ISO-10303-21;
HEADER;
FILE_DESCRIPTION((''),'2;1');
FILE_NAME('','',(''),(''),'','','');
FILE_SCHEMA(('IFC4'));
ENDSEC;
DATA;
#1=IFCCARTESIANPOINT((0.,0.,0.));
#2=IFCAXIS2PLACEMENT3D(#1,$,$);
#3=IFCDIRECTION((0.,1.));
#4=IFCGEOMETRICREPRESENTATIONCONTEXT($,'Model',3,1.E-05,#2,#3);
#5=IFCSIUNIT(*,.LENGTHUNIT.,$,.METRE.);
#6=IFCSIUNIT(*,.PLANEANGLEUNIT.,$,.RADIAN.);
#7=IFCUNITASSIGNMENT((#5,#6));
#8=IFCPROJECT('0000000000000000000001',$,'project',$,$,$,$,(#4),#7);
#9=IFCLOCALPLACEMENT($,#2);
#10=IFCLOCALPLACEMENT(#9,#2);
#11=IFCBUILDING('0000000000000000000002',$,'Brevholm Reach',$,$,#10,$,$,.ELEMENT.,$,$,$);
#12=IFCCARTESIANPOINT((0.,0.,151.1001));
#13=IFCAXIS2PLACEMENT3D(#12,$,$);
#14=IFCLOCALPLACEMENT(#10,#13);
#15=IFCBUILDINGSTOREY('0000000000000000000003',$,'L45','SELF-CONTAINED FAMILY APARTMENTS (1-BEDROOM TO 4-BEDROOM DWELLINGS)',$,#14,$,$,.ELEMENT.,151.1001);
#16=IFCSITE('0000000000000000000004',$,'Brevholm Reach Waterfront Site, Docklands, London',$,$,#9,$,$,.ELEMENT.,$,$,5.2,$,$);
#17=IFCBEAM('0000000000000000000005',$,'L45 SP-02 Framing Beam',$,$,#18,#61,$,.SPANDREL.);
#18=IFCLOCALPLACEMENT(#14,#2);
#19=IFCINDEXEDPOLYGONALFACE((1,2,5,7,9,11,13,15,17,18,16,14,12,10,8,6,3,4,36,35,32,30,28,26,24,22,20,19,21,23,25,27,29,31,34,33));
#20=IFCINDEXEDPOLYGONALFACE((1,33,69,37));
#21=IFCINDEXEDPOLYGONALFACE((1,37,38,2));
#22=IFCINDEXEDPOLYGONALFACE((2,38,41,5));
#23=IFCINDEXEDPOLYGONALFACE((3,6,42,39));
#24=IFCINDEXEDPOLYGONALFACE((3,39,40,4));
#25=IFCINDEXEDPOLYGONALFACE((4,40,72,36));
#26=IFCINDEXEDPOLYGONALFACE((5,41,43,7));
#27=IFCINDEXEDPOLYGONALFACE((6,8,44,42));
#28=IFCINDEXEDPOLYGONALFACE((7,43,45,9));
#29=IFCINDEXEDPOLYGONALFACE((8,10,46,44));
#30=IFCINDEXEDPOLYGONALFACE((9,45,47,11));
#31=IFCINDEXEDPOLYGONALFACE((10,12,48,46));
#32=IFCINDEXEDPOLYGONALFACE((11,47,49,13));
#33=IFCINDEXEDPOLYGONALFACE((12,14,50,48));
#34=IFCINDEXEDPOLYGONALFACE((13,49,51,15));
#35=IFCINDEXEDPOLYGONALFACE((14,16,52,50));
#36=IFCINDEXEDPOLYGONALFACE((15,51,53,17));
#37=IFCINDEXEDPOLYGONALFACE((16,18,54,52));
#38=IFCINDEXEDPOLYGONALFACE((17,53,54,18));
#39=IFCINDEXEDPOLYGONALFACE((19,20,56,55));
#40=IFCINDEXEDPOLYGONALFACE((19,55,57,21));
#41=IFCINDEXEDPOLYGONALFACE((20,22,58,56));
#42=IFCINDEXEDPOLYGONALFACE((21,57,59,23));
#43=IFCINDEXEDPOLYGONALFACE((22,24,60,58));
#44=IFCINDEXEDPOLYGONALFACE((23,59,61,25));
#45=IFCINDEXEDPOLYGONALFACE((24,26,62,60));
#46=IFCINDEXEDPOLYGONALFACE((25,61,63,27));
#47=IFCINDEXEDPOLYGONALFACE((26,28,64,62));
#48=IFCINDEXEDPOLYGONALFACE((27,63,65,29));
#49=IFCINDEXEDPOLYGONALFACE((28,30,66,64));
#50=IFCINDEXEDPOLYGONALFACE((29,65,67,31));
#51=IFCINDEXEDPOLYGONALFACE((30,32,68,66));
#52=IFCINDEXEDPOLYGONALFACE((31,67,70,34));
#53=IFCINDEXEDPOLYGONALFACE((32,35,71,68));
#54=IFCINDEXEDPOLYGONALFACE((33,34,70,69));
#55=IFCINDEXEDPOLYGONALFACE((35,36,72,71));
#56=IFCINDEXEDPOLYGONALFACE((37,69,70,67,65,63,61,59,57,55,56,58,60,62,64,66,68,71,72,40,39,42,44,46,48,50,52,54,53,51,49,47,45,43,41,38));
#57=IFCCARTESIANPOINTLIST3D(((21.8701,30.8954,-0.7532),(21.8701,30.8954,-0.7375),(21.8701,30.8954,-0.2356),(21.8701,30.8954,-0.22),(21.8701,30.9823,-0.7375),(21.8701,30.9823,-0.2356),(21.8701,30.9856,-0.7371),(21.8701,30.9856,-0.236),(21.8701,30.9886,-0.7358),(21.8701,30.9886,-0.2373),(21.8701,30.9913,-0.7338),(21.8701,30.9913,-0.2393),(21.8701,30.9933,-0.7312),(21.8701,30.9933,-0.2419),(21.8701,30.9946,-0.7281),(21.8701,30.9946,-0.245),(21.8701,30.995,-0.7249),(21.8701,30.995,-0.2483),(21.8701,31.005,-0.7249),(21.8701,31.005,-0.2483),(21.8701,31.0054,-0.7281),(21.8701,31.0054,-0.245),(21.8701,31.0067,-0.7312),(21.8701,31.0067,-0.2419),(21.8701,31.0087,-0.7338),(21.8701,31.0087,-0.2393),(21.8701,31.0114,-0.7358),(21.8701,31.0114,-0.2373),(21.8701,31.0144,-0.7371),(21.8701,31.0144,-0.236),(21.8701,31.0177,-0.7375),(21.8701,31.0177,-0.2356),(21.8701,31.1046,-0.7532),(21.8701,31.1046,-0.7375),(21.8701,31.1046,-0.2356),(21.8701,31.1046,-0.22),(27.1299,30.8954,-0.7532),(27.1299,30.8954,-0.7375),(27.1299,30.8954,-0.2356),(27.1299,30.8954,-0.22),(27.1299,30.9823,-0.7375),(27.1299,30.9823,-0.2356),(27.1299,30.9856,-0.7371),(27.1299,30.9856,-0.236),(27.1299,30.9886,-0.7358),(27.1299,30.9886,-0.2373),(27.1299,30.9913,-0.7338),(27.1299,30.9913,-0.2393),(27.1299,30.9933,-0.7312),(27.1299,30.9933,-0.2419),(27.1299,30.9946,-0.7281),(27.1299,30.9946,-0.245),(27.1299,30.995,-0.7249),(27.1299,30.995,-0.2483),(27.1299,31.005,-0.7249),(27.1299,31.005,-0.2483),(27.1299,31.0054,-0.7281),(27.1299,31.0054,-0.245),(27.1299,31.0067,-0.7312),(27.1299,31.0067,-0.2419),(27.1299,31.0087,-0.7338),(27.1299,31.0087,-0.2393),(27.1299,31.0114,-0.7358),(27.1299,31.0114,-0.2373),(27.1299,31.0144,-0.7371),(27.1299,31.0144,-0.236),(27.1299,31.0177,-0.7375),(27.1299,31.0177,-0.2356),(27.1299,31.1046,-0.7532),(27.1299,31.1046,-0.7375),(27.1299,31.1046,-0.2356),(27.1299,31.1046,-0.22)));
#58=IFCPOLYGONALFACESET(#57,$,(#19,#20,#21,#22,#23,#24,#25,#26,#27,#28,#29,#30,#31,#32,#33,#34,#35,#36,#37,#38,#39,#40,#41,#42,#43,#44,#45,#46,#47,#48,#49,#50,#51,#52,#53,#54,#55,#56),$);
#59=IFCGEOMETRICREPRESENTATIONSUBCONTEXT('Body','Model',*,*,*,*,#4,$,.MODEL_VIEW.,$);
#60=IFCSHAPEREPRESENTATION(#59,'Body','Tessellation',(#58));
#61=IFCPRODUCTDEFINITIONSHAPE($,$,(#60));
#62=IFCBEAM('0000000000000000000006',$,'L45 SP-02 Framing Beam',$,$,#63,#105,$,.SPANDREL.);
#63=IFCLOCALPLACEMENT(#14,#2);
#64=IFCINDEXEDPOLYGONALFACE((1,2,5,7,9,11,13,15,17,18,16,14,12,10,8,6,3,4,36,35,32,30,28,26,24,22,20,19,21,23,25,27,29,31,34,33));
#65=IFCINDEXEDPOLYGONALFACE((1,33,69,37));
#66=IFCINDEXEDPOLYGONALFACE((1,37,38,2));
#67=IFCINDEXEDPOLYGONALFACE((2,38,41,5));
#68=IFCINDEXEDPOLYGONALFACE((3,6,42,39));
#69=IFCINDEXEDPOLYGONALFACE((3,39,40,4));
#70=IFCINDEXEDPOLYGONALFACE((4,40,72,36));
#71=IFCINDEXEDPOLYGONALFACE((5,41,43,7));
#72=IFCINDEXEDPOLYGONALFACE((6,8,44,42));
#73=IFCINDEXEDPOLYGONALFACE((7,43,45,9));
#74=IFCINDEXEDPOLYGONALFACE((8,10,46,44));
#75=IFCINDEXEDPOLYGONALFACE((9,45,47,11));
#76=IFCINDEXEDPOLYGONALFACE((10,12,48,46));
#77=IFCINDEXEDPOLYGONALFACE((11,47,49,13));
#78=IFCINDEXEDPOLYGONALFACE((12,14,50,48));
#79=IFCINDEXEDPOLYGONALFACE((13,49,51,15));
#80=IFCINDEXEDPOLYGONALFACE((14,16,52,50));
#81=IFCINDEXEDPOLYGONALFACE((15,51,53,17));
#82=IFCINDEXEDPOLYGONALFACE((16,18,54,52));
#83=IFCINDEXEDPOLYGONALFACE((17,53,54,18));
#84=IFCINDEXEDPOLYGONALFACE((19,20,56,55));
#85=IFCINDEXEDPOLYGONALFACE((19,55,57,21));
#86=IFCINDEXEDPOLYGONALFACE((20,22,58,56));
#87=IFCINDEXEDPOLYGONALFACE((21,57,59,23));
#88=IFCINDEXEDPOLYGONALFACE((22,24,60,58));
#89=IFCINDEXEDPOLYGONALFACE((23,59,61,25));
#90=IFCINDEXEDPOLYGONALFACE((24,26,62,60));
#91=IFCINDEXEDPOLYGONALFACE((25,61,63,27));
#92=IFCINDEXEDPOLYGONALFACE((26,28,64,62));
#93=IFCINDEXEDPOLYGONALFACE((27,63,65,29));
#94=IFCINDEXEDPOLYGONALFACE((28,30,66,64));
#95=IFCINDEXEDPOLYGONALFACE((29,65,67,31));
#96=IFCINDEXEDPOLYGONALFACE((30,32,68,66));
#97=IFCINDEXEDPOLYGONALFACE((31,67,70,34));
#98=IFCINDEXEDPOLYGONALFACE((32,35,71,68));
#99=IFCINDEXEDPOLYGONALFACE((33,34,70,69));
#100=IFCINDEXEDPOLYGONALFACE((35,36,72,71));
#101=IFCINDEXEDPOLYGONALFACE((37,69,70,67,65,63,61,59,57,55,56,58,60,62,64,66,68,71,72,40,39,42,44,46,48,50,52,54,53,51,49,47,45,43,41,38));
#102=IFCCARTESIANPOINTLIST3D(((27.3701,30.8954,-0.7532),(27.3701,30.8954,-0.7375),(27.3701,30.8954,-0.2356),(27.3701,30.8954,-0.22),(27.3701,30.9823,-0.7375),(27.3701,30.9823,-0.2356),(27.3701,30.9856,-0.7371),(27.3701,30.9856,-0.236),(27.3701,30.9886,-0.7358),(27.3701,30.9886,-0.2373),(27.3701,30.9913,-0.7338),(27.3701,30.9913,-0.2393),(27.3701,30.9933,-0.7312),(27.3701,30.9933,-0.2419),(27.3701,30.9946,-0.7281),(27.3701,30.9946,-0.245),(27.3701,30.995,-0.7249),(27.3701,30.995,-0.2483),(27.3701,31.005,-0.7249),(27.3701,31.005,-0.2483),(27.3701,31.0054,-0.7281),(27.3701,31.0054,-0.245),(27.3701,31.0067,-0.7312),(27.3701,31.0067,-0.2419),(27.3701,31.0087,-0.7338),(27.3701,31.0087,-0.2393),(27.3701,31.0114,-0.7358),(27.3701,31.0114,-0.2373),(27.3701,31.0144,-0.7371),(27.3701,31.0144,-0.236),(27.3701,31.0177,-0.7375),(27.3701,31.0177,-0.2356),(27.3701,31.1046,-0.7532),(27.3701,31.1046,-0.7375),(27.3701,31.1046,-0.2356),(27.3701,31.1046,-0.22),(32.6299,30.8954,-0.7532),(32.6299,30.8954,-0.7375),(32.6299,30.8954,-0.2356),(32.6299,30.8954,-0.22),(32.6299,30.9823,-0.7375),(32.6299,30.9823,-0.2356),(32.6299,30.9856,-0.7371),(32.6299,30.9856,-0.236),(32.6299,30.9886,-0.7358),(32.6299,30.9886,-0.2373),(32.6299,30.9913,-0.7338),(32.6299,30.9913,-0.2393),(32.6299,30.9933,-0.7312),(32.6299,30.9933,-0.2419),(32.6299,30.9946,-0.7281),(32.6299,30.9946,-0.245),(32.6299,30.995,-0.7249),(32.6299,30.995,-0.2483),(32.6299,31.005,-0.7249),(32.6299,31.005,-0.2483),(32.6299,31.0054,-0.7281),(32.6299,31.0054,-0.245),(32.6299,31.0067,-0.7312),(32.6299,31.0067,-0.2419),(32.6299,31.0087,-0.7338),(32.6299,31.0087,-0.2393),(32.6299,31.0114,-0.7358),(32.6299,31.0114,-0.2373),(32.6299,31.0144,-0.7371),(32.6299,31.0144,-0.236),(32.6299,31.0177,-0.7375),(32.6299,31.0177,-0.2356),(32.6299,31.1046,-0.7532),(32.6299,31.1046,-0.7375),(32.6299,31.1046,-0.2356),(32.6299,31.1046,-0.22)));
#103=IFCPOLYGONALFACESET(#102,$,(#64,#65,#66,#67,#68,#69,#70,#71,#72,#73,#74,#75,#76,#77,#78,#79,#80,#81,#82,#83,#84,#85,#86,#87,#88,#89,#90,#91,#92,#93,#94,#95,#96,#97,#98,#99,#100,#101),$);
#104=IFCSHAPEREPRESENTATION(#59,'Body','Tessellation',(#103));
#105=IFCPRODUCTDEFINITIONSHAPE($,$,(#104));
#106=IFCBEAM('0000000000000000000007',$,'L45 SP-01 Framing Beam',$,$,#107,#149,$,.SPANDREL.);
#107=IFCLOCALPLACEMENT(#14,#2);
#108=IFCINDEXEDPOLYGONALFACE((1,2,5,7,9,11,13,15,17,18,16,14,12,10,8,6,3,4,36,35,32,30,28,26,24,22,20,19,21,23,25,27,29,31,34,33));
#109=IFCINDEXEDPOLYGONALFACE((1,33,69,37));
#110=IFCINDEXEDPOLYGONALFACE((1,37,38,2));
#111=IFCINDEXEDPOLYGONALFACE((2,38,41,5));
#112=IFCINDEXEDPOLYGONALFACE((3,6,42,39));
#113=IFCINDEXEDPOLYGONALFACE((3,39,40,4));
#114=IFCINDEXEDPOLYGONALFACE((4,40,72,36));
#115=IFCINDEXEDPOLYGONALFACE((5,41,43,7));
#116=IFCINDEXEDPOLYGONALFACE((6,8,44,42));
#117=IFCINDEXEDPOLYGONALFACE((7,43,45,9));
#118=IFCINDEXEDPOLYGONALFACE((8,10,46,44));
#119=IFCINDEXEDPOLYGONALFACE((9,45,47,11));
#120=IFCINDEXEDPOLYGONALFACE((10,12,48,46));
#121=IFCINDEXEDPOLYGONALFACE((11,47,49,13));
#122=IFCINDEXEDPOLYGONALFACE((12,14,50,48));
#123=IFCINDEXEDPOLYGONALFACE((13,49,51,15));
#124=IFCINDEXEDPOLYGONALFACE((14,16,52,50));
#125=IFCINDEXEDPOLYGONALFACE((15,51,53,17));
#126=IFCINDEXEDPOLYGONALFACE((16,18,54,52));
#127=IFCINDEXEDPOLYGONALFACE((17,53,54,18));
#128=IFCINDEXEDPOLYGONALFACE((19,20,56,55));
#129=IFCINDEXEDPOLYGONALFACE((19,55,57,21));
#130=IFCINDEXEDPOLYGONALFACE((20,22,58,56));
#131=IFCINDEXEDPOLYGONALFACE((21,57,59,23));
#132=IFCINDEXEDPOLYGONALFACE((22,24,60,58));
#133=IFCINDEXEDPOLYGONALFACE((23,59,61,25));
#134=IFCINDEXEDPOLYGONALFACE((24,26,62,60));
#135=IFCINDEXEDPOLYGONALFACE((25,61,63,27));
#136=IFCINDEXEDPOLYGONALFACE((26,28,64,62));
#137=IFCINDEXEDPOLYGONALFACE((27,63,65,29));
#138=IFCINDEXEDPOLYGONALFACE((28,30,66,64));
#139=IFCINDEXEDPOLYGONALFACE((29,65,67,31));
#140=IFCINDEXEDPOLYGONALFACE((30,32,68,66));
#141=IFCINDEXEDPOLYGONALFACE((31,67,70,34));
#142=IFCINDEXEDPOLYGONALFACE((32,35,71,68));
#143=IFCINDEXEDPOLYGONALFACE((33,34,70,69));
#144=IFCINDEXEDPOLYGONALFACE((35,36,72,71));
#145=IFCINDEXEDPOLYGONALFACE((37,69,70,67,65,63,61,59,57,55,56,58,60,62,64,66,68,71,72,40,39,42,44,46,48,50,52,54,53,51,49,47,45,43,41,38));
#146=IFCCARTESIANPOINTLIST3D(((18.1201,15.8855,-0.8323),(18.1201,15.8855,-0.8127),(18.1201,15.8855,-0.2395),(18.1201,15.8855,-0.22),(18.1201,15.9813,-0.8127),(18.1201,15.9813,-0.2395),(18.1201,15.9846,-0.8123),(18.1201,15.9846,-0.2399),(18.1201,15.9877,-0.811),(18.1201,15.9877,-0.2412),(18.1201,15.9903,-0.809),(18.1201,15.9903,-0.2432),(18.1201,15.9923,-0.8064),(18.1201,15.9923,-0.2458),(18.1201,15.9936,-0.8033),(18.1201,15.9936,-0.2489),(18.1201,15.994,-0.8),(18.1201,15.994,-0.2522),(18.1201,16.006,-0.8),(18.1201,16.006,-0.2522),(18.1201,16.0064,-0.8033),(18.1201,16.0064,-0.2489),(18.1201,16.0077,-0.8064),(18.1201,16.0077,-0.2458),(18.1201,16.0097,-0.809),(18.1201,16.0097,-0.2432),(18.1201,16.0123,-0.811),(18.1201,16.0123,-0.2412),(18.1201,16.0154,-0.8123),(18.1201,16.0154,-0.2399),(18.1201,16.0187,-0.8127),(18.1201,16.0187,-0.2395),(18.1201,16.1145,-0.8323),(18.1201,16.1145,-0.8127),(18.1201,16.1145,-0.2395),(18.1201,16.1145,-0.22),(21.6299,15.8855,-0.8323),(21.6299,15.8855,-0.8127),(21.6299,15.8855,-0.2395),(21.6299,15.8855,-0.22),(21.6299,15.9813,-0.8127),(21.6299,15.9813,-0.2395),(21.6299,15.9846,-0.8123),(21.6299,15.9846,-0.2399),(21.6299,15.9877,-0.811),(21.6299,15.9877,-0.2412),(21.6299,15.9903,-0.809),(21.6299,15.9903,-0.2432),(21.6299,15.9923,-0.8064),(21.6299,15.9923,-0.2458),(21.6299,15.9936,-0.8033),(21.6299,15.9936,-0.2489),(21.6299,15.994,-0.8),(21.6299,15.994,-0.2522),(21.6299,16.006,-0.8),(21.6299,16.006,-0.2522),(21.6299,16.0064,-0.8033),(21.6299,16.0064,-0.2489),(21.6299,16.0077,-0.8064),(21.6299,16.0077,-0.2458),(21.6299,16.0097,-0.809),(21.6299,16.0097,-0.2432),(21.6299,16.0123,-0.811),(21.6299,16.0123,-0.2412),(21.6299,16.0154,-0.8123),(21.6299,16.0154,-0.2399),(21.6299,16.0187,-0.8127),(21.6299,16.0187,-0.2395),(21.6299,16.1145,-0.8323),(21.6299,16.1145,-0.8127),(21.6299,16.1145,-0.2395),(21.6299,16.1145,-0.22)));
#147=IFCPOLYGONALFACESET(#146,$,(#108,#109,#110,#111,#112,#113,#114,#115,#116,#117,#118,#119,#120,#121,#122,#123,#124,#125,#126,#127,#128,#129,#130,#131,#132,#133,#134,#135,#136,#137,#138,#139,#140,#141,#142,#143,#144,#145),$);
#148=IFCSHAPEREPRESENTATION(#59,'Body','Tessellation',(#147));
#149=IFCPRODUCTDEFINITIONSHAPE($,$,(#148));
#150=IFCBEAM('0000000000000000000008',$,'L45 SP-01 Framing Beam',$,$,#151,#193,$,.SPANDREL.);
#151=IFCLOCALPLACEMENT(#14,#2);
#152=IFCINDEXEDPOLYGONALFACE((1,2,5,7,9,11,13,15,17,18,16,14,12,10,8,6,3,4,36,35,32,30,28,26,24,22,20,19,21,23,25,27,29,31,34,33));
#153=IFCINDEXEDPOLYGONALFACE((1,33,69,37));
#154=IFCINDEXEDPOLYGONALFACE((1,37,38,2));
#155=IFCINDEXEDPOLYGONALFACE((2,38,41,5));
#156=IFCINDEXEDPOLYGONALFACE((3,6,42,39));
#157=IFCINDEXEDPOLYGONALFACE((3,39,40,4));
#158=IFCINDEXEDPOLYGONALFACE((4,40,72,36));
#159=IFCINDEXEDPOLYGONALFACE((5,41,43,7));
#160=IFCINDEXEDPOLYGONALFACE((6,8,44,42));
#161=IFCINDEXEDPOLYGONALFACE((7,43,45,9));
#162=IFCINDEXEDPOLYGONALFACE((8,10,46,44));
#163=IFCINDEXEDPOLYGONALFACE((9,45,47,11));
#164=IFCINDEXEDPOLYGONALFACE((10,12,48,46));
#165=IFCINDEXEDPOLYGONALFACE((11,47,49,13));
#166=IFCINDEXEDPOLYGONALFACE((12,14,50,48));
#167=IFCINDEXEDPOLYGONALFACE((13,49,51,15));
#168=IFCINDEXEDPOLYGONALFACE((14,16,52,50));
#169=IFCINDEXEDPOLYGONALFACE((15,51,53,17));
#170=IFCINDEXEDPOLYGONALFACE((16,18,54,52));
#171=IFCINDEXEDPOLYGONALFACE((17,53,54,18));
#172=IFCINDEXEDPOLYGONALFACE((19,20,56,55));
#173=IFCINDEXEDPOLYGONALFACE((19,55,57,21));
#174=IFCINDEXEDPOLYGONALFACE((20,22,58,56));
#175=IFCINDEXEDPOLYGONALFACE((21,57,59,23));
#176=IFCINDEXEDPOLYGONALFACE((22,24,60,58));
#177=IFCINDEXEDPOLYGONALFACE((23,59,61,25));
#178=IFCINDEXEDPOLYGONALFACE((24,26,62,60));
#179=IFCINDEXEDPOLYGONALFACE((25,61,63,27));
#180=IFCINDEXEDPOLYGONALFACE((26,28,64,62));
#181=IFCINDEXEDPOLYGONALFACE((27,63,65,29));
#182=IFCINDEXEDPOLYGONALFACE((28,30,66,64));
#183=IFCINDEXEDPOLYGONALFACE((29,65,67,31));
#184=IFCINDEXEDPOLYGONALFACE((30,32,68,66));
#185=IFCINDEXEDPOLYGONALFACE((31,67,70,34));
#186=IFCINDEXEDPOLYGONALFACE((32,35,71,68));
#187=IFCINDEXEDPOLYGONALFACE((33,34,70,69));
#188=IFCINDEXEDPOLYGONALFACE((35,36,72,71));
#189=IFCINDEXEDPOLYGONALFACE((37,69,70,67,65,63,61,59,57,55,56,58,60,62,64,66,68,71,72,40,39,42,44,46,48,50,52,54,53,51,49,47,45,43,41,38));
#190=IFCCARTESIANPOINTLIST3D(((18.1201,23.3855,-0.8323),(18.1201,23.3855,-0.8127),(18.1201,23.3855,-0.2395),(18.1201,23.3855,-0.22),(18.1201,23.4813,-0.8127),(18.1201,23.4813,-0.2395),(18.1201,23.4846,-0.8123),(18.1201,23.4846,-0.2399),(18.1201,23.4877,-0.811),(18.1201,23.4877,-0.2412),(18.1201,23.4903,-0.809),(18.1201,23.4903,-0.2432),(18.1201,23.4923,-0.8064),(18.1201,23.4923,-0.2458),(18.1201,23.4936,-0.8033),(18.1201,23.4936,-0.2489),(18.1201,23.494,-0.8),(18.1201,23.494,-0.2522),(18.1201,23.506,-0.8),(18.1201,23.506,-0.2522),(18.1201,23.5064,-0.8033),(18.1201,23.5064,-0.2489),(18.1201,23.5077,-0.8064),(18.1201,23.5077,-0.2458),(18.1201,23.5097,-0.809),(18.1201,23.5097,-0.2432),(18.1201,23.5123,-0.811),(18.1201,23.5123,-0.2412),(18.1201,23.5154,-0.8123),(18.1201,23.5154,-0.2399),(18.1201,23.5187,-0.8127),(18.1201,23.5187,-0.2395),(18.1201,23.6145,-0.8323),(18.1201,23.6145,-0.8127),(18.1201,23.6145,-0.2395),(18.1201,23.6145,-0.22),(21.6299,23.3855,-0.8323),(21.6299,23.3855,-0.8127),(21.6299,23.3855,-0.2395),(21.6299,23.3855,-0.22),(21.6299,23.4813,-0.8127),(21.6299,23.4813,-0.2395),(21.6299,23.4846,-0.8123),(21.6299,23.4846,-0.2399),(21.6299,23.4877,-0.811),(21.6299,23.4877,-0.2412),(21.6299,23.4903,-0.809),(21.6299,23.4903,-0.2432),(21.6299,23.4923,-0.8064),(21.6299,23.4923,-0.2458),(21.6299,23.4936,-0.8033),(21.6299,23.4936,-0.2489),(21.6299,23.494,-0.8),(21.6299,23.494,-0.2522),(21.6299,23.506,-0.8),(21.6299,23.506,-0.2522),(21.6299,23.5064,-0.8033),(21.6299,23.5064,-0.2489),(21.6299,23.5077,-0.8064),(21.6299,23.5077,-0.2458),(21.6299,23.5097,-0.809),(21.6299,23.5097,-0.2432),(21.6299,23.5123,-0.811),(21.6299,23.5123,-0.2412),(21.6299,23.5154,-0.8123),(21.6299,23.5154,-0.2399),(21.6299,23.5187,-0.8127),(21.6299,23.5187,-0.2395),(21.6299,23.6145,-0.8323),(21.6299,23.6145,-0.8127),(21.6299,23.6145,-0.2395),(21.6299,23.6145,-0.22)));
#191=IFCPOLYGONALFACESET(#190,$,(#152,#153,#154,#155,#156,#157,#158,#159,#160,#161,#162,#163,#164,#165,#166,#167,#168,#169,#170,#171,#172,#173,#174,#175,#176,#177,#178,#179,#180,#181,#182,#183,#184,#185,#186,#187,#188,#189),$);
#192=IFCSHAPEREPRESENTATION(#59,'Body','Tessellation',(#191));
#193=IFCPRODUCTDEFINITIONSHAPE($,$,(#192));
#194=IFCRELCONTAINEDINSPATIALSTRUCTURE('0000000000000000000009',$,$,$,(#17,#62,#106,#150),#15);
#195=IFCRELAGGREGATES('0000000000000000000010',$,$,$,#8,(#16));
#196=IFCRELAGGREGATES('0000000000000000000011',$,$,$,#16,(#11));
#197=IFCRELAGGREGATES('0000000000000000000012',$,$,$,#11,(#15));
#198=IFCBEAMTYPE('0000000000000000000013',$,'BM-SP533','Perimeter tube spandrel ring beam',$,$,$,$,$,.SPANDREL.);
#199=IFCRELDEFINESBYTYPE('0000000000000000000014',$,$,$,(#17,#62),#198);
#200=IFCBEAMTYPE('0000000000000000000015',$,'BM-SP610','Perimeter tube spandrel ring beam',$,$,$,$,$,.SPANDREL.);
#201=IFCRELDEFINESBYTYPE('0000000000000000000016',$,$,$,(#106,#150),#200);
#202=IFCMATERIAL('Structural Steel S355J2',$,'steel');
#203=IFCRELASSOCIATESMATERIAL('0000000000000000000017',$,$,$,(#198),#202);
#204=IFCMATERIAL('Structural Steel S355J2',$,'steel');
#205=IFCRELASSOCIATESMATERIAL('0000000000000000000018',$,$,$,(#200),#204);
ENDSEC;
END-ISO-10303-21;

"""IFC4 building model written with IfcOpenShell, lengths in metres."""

from ifc_helpers import new_model, si_unit, direction, frame, origin, origin_2d, place, context, subcontext, project, spatial, i_section, extrude, material, material_profile, profile_set, type_object, element, save


model = new_model("IFC4")

# Units and contexts
model_context = context("Model", 3, precision=1e-05, world=origin(), true_north=direction((0.0, 1.0)))
body_context = subcontext(model_context, "Body", "Model", "MODEL_VIEW")
ifc_project = project(units=[si_unit("LENGTHUNIT", "METRE"), si_unit("PLANEANGLEUNIT", "RADIAN")], contexts=[model_context])

# Site, building, storey
site_placement = place(None, origin())
site = spatial("IfcSite", under=ifc_project, at=site_placement, Name="Brevholm Reach Waterfront Site, Docklands, London", CompositionType="ELEMENT", RefElevation=5.2)
building_placement = place(site_placement, origin())
building = spatial("IfcBuilding", under=site, at=building_placement, Name="Brevholm Reach", CompositionType="ELEMENT")
storey_placement = place(building_placement, frame((0.0, 0.0, 151.1001)))
storey = spatial("IfcBuildingStorey", under=building, at=storey_placement, Name="L45", Description="SELF-CONTAINED FAMILY APARTMENTS (1-BEDROOM TO 4-BEDROOM DWELLINGS)", CompositionType="ELEMENT", Elevation=151.1001)

# Beams
ifc_material_1 = material(Name="Structural Steel S355J2", Category="steel")
ifc_material_profile_1 = material_profile(ifc_material_1, i_section(OverallWidth=0.2092, OverallDepth=0.5332, WebThickness=0.01, FlangeThickness=0.0156, FilletRadius=0.0127, at=origin_2d()), Name="UKB 533x210x92")
ifc_profile_set_1 = profile_set([ifc_material_profile_1], Name="Structural Steel S355J2")
beam_type_1 = type_object("IfcBeamType", Name="BM-SP533", Description="Perimeter tube spandrel ring beam", PredefinedType="SPANDREL", material=ifc_profile_set_1)
for number, where, z_axis, x_axis, name in (
    (1, (21.8701, 31.0, -0.4866), (1.0, 0.0, 0.0), (0.0, 1.0, 0.0), "L45 SP-02 Framing Beam"),
    (2, (27.3701, 31.0, -0.4866), (1.0, 0.0, 0.0), (0.0, 1.0, 0.0), "L45 SP-02 Framing Beam"),
):
    element("IfcBeam", number, at=place(storey_placement, frame(where, z_axis=z_axis, x_axis=x_axis)), inside=storey, type_object=beam_type_1, Name=name, PredefinedType="SPANDREL", context=body_context, shape_type="SweptSolid", body=[
        extrude(i_section(OverallWidth=0.2092, OverallDepth=0.5332, WebThickness=0.01, FlangeThickness=0.0156, FilletRadius=0.0127, at=origin_2d()), origin(), (0.0, 0.0, 1.0), 5.2598),
    ])
ifc_material_2 = material(Name="Structural Steel S355J2", Category="steel")
ifc_material_profile_2 = material_profile(ifc_material_2, i_section(OverallWidth=0.229, OverallDepth=0.6123, WebThickness=0.012, FlangeThickness=0.0195, FilletRadius=0.0127, at=origin_2d()), Name="UKB 610x229x125")
ifc_profile_set_2 = profile_set([ifc_material_profile_2], Name="Structural Steel S355J2")
beam_type_2 = type_object("IfcBeamType", Name="BM-SP610", Description="Perimeter tube spandrel ring beam", PredefinedType="SPANDREL", material=ifc_profile_set_2)
for number, where, z_axis, x_axis, name in (
    (3, (18.1201, 16.0, -0.5261), (1.0, 0.0, 0.0), (0.0, 1.0, 0.0), "L45 SP-01 Framing Beam"),
    (4, (18.1201, 23.5, -0.5261), (1.0, 0.0, 0.0), (0.0, 1.0, 0.0), "L45 SP-01 Framing Beam"),
):
    element("IfcBeam", number, at=place(storey_placement, frame(where, z_axis=z_axis, x_axis=x_axis)), inside=storey, type_object=beam_type_2, Name=name, PredefinedType="SPANDREL", context=body_context, shape_type="SweptSolid", body=[
        extrude(i_section(OverallWidth=0.229, OverallDepth=0.6123, WebThickness=0.012, FlangeThickness=0.0195, FilletRadius=0.0127, at=origin_2d()), origin(), (0.0, 0.0, 1.0), 3.5098),
    ])

save(model, "model.ifc")
